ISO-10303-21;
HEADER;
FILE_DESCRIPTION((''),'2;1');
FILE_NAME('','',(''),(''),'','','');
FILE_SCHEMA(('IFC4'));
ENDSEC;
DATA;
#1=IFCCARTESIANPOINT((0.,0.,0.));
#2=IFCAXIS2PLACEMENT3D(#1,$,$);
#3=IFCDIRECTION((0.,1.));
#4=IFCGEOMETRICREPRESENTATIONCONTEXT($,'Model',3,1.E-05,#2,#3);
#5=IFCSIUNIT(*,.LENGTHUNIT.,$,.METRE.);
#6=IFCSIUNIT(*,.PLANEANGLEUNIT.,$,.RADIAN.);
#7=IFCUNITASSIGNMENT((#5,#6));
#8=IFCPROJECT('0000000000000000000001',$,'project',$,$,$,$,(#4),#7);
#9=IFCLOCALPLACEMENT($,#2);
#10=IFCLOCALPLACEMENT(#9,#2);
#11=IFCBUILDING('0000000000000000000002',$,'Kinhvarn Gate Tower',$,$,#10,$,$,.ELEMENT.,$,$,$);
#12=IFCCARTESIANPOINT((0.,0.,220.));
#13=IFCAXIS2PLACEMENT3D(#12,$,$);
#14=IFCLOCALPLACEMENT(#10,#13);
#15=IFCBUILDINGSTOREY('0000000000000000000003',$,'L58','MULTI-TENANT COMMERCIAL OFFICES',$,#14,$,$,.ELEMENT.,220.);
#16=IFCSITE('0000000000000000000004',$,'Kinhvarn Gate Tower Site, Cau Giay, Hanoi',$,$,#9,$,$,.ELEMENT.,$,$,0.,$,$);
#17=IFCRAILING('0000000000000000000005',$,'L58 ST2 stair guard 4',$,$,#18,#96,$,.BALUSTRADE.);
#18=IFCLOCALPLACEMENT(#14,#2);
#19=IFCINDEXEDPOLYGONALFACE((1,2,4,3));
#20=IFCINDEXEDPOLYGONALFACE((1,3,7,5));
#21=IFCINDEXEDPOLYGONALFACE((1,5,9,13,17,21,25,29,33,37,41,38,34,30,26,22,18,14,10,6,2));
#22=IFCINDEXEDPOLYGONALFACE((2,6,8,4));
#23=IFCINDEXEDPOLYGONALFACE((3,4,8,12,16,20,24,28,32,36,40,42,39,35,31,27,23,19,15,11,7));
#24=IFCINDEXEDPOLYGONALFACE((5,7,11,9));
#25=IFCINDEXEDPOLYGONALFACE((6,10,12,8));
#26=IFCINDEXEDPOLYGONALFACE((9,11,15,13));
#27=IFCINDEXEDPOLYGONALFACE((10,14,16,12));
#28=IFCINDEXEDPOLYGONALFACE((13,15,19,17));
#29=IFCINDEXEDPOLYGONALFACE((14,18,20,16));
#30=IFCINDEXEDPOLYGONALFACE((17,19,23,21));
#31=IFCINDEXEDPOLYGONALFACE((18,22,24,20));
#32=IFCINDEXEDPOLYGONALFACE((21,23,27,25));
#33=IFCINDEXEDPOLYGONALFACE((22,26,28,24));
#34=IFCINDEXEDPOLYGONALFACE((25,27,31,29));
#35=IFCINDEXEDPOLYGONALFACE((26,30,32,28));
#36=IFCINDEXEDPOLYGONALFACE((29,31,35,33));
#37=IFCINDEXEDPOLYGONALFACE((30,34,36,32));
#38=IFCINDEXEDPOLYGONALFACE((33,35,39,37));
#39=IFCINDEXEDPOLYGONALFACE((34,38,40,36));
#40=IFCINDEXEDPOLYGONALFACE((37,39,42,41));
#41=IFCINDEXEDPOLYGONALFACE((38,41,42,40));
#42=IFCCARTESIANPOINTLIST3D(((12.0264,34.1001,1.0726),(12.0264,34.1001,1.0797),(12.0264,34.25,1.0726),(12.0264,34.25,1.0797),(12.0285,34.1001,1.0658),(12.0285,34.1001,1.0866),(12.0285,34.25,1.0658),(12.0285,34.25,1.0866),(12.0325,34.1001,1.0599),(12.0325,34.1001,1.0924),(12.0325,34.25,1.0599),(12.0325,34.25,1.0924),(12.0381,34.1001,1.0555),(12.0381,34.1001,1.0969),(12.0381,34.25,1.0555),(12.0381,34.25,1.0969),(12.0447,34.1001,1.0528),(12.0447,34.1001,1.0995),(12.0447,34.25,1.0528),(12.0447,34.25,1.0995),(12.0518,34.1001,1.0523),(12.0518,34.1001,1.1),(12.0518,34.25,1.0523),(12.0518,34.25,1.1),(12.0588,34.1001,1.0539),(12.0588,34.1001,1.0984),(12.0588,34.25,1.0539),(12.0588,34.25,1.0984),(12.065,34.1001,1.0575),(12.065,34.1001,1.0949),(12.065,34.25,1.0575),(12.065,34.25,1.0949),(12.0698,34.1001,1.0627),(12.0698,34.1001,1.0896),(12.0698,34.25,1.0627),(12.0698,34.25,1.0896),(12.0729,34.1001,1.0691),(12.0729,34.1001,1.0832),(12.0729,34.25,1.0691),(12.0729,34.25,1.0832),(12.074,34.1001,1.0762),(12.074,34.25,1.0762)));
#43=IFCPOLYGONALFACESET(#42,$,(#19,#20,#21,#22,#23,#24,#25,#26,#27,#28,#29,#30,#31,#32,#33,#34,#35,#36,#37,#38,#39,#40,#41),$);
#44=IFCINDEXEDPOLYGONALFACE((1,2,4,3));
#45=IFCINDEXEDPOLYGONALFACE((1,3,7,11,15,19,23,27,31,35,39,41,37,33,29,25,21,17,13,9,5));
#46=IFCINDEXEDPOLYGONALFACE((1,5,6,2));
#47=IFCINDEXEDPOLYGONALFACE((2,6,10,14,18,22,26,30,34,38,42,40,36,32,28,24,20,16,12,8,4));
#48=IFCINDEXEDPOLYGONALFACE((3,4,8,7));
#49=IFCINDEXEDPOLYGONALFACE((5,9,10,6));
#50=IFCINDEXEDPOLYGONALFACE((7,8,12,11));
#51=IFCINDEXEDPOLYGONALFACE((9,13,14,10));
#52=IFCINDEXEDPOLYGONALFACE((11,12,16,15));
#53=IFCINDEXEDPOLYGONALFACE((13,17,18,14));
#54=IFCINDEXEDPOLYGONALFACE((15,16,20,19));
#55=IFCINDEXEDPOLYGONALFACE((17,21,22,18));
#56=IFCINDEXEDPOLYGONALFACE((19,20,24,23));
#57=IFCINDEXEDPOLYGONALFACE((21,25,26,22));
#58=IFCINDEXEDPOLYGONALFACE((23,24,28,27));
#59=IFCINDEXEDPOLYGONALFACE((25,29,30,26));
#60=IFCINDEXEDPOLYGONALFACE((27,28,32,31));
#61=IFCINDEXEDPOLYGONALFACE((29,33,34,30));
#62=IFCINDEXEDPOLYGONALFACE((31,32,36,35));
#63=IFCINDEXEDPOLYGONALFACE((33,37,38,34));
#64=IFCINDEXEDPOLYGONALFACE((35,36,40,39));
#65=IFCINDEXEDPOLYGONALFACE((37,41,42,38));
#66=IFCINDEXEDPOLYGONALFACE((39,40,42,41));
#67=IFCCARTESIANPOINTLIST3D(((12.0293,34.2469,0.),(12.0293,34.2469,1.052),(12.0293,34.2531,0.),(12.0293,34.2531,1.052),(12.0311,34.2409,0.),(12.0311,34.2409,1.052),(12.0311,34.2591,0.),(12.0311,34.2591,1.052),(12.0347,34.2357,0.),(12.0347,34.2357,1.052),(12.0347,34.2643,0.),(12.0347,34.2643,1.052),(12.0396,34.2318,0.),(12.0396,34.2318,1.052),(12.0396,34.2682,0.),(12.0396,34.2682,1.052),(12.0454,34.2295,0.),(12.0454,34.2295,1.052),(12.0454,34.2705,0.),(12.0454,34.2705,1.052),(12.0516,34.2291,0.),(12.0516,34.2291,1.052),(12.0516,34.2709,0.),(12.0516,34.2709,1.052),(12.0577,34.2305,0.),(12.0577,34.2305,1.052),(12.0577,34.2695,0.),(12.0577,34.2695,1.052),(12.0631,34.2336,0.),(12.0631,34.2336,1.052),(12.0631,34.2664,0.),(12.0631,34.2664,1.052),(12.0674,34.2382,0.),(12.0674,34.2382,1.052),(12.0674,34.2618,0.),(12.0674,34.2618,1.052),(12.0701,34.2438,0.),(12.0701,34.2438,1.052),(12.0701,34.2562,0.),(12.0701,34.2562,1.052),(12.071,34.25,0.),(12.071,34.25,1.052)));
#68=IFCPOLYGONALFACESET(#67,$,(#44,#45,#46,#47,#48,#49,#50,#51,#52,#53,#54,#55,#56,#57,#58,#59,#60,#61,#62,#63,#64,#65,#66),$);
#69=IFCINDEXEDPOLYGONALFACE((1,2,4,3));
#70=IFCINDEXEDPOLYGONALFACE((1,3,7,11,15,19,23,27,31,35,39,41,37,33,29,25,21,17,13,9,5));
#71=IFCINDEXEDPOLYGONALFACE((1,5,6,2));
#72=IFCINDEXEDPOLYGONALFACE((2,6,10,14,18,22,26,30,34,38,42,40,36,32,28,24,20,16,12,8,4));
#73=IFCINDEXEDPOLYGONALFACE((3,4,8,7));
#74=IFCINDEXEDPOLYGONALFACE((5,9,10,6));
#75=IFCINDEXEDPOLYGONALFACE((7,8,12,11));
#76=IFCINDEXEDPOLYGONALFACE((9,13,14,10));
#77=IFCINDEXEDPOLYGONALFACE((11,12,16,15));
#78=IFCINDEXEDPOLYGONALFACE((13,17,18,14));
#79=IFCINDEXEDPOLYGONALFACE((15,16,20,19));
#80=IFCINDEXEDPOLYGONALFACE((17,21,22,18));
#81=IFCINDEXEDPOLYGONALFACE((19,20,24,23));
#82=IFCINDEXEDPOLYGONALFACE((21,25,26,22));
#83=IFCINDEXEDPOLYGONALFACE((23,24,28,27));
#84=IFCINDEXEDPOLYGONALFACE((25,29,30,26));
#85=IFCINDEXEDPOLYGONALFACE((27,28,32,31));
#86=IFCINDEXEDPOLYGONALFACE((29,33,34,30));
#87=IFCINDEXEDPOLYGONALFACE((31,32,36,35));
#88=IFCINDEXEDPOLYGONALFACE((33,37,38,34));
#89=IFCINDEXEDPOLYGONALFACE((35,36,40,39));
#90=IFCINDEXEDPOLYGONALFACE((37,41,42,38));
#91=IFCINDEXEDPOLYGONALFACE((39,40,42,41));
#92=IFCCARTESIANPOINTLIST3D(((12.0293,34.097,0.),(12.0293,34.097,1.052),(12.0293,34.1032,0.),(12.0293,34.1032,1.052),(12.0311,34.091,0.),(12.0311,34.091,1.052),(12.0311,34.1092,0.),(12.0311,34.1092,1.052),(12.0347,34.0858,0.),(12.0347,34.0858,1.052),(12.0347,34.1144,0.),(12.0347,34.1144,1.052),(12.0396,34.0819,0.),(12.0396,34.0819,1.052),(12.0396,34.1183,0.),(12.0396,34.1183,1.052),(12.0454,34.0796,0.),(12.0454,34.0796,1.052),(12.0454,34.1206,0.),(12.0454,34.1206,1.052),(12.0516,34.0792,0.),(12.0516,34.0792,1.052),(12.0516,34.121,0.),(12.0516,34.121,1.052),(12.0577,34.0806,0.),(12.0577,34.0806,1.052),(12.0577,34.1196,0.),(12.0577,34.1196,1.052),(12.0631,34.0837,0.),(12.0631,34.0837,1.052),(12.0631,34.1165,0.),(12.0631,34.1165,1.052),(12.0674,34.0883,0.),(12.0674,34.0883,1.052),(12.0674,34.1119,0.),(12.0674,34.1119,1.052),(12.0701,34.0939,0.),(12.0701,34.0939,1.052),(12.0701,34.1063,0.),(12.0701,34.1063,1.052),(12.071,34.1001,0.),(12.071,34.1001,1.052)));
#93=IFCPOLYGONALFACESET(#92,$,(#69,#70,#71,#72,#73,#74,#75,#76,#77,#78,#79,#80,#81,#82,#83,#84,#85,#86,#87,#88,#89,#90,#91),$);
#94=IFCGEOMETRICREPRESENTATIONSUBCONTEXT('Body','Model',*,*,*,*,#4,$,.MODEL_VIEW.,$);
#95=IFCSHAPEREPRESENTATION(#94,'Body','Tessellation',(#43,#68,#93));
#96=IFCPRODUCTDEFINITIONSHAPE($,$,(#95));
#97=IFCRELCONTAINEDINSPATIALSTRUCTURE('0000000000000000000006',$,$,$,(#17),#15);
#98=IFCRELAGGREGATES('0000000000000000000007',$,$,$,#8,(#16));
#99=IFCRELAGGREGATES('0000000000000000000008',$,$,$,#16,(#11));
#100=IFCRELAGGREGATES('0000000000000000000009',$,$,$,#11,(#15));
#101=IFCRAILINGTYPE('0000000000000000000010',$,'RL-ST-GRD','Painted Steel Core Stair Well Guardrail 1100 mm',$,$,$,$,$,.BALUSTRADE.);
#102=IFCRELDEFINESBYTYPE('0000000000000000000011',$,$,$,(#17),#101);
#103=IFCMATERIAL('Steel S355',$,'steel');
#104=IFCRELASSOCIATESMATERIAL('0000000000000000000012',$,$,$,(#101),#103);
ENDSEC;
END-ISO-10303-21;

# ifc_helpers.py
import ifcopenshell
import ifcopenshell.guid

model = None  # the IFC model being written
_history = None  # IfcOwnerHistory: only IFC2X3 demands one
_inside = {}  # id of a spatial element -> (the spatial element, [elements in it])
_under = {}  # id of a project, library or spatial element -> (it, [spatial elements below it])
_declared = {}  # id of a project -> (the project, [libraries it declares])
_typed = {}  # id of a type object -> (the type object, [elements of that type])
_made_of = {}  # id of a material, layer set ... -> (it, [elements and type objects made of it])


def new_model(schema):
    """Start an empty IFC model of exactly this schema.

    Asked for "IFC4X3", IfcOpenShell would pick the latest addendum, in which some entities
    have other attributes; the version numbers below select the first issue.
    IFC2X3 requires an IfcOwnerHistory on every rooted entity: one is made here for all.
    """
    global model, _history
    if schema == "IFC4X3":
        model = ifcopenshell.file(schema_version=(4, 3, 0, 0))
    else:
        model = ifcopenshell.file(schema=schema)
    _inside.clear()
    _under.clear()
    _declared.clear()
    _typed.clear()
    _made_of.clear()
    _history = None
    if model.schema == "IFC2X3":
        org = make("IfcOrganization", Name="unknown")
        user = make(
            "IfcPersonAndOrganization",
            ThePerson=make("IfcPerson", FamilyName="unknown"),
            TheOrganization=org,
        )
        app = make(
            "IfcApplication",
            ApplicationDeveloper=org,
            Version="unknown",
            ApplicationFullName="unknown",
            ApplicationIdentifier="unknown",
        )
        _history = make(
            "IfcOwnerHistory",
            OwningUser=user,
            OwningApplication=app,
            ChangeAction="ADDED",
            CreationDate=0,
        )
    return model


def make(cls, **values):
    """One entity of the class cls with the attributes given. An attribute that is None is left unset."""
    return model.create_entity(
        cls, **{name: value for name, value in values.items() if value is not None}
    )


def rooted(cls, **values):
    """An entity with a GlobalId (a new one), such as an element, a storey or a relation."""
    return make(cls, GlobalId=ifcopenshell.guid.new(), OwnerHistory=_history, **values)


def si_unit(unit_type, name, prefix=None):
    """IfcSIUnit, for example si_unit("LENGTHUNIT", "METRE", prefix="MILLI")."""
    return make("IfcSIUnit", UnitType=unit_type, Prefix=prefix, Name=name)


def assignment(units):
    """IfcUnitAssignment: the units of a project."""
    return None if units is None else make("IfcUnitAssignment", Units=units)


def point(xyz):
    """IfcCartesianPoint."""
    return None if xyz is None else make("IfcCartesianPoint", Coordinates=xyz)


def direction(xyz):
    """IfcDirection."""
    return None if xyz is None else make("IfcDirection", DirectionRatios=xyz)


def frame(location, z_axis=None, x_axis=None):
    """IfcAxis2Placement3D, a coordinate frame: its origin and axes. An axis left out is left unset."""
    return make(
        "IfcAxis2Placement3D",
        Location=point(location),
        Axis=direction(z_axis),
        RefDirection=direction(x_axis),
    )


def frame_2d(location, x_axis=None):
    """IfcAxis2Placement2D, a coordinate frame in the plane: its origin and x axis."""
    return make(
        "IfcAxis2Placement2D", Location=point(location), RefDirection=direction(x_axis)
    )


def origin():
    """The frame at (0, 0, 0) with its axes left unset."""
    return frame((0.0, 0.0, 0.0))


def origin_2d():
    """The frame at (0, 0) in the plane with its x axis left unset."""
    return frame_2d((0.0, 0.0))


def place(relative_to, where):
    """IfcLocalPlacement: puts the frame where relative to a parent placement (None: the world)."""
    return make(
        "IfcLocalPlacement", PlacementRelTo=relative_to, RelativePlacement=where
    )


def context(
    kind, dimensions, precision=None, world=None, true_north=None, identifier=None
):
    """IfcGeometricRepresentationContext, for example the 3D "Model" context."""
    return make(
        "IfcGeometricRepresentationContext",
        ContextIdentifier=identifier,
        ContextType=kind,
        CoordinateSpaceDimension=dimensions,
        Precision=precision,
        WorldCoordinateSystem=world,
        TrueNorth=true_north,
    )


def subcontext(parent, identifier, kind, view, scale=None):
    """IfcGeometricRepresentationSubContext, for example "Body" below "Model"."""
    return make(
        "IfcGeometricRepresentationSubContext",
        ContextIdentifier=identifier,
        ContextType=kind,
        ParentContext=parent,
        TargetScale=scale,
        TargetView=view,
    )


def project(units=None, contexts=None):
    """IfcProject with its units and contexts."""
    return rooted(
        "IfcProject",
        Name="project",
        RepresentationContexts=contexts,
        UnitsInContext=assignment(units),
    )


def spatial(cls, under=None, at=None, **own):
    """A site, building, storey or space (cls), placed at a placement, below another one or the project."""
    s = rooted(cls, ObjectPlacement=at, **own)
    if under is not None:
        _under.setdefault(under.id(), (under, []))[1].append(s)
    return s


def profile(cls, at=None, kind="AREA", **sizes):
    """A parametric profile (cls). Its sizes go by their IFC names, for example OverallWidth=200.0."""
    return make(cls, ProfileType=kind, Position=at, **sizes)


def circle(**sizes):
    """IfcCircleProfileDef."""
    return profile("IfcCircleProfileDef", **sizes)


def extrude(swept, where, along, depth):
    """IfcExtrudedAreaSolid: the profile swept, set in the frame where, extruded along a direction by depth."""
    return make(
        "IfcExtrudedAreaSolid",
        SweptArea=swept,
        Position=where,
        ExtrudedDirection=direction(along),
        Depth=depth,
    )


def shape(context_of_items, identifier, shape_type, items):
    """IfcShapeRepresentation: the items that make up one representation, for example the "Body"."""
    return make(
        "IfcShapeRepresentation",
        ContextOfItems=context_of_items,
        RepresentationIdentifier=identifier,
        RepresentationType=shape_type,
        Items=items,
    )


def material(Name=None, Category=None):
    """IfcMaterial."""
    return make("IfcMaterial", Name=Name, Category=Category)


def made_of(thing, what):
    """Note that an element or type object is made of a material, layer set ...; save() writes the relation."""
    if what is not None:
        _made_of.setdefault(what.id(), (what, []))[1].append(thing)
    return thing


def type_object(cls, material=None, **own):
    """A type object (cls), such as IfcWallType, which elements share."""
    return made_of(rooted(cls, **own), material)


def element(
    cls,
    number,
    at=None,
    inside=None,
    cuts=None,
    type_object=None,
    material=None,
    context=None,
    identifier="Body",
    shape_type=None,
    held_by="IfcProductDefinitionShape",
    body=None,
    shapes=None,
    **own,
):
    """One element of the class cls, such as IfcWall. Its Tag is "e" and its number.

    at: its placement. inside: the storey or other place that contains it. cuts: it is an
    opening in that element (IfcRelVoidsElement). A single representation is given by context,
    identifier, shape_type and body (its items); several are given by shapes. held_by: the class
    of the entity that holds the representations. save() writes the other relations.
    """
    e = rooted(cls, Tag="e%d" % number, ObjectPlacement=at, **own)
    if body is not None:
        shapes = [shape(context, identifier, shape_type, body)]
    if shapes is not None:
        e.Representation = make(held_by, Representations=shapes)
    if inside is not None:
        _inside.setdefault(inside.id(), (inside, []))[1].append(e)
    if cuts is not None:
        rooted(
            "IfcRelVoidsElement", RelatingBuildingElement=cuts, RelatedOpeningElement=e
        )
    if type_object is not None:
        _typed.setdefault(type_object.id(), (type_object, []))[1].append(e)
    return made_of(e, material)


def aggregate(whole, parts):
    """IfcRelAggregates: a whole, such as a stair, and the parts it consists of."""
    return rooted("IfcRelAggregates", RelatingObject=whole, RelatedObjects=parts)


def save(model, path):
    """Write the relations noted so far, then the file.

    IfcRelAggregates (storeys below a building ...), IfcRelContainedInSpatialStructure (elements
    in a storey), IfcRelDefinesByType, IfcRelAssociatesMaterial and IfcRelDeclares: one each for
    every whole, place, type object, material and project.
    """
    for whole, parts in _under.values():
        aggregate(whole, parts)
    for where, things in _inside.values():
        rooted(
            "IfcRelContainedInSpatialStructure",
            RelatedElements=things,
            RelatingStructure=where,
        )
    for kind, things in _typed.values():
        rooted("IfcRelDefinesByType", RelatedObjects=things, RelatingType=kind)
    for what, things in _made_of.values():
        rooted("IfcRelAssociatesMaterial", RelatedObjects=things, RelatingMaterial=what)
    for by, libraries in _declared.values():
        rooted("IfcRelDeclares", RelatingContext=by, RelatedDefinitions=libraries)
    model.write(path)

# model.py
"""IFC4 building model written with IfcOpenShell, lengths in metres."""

from ifc_helpers import new_model, si_unit, direction, frame, origin, origin_2d, place, context, subcontext, project, spatial, circle, extrude, material, type_object, element, save


model = new_model("IFC4")

# Units and contexts
model_context = context("Model", 3, precision=1e-05, world=origin(), true_north=direction((0.0, 1.0)))
body_context = subcontext(model_context, "Body", "Model", "MODEL_VIEW")
ifc_project = project(units=[si_unit("LENGTHUNIT", "METRE"), si_unit("PLANEANGLEUNIT", "RADIAN")], contexts=[model_context])

# Site, building, storey
site_placement = place(None, origin())
site = spatial("IfcSite", under=ifc_project, at=site_placement, Name="Kinhvarn Gate Tower Site, Cau Giay, Hanoi", CompositionType="ELEMENT", RefElevation=0.0)
building_placement = place(site_placement, origin())
building = spatial("IfcBuilding", under=site, at=building_placement, Name="Kinhvarn Gate Tower", CompositionType="ELEMENT")
storey_placement = place(building_placement, frame((0.0, 0.0, 220.0)))
storey = spatial("IfcBuildingStorey", under=building, at=storey_placement, Name="L58", Description="MULTI-TENANT COMMERCIAL OFFICES", CompositionType="ELEMENT", Elevation=220.0)

# Railing
ifc_material_1 = material(Name="Steel S355", Category="steel")
railing_type_1 = type_object("IfcRailingType", Name="RL-ST-GRD", Description="Painted Steel Core Stair Well Guardrail 1100 mm", PredefinedType="BALUSTRADE", material=ifc_material_1)
railing_1_placement = place(storey_placement, frame((12.05, 34.25, 0.0)))
element("IfcRailing", 1, at=railing_1_placement, inside=storey, type_object=railing_type_1, Name="L58 ST2 stair guard 4", PredefinedType="BALUSTRADE", context=body_context, shape_type="SweptSolid", body=[
    extrude(circle(Radius=0.0239, at=origin_2d()), frame((0.0, 0.0, 1.0762), z_axis=(0.0, -1.0, 0.0), x_axis=(1.0, 0.0, 0.0)), (0.0, 0.0, 1.0), 0.1499),
    extrude(circle(Radius=0.021, at=origin_2d()), origin(), (0.0, 0.0, 1.0), 1.052),
    extrude(circle(Radius=0.021, at=origin_2d()), frame((0.0, -0.1499, 0.0)), (0.0, 0.0, 1.0), 1.052),
])

save(model, "model.ifc")
